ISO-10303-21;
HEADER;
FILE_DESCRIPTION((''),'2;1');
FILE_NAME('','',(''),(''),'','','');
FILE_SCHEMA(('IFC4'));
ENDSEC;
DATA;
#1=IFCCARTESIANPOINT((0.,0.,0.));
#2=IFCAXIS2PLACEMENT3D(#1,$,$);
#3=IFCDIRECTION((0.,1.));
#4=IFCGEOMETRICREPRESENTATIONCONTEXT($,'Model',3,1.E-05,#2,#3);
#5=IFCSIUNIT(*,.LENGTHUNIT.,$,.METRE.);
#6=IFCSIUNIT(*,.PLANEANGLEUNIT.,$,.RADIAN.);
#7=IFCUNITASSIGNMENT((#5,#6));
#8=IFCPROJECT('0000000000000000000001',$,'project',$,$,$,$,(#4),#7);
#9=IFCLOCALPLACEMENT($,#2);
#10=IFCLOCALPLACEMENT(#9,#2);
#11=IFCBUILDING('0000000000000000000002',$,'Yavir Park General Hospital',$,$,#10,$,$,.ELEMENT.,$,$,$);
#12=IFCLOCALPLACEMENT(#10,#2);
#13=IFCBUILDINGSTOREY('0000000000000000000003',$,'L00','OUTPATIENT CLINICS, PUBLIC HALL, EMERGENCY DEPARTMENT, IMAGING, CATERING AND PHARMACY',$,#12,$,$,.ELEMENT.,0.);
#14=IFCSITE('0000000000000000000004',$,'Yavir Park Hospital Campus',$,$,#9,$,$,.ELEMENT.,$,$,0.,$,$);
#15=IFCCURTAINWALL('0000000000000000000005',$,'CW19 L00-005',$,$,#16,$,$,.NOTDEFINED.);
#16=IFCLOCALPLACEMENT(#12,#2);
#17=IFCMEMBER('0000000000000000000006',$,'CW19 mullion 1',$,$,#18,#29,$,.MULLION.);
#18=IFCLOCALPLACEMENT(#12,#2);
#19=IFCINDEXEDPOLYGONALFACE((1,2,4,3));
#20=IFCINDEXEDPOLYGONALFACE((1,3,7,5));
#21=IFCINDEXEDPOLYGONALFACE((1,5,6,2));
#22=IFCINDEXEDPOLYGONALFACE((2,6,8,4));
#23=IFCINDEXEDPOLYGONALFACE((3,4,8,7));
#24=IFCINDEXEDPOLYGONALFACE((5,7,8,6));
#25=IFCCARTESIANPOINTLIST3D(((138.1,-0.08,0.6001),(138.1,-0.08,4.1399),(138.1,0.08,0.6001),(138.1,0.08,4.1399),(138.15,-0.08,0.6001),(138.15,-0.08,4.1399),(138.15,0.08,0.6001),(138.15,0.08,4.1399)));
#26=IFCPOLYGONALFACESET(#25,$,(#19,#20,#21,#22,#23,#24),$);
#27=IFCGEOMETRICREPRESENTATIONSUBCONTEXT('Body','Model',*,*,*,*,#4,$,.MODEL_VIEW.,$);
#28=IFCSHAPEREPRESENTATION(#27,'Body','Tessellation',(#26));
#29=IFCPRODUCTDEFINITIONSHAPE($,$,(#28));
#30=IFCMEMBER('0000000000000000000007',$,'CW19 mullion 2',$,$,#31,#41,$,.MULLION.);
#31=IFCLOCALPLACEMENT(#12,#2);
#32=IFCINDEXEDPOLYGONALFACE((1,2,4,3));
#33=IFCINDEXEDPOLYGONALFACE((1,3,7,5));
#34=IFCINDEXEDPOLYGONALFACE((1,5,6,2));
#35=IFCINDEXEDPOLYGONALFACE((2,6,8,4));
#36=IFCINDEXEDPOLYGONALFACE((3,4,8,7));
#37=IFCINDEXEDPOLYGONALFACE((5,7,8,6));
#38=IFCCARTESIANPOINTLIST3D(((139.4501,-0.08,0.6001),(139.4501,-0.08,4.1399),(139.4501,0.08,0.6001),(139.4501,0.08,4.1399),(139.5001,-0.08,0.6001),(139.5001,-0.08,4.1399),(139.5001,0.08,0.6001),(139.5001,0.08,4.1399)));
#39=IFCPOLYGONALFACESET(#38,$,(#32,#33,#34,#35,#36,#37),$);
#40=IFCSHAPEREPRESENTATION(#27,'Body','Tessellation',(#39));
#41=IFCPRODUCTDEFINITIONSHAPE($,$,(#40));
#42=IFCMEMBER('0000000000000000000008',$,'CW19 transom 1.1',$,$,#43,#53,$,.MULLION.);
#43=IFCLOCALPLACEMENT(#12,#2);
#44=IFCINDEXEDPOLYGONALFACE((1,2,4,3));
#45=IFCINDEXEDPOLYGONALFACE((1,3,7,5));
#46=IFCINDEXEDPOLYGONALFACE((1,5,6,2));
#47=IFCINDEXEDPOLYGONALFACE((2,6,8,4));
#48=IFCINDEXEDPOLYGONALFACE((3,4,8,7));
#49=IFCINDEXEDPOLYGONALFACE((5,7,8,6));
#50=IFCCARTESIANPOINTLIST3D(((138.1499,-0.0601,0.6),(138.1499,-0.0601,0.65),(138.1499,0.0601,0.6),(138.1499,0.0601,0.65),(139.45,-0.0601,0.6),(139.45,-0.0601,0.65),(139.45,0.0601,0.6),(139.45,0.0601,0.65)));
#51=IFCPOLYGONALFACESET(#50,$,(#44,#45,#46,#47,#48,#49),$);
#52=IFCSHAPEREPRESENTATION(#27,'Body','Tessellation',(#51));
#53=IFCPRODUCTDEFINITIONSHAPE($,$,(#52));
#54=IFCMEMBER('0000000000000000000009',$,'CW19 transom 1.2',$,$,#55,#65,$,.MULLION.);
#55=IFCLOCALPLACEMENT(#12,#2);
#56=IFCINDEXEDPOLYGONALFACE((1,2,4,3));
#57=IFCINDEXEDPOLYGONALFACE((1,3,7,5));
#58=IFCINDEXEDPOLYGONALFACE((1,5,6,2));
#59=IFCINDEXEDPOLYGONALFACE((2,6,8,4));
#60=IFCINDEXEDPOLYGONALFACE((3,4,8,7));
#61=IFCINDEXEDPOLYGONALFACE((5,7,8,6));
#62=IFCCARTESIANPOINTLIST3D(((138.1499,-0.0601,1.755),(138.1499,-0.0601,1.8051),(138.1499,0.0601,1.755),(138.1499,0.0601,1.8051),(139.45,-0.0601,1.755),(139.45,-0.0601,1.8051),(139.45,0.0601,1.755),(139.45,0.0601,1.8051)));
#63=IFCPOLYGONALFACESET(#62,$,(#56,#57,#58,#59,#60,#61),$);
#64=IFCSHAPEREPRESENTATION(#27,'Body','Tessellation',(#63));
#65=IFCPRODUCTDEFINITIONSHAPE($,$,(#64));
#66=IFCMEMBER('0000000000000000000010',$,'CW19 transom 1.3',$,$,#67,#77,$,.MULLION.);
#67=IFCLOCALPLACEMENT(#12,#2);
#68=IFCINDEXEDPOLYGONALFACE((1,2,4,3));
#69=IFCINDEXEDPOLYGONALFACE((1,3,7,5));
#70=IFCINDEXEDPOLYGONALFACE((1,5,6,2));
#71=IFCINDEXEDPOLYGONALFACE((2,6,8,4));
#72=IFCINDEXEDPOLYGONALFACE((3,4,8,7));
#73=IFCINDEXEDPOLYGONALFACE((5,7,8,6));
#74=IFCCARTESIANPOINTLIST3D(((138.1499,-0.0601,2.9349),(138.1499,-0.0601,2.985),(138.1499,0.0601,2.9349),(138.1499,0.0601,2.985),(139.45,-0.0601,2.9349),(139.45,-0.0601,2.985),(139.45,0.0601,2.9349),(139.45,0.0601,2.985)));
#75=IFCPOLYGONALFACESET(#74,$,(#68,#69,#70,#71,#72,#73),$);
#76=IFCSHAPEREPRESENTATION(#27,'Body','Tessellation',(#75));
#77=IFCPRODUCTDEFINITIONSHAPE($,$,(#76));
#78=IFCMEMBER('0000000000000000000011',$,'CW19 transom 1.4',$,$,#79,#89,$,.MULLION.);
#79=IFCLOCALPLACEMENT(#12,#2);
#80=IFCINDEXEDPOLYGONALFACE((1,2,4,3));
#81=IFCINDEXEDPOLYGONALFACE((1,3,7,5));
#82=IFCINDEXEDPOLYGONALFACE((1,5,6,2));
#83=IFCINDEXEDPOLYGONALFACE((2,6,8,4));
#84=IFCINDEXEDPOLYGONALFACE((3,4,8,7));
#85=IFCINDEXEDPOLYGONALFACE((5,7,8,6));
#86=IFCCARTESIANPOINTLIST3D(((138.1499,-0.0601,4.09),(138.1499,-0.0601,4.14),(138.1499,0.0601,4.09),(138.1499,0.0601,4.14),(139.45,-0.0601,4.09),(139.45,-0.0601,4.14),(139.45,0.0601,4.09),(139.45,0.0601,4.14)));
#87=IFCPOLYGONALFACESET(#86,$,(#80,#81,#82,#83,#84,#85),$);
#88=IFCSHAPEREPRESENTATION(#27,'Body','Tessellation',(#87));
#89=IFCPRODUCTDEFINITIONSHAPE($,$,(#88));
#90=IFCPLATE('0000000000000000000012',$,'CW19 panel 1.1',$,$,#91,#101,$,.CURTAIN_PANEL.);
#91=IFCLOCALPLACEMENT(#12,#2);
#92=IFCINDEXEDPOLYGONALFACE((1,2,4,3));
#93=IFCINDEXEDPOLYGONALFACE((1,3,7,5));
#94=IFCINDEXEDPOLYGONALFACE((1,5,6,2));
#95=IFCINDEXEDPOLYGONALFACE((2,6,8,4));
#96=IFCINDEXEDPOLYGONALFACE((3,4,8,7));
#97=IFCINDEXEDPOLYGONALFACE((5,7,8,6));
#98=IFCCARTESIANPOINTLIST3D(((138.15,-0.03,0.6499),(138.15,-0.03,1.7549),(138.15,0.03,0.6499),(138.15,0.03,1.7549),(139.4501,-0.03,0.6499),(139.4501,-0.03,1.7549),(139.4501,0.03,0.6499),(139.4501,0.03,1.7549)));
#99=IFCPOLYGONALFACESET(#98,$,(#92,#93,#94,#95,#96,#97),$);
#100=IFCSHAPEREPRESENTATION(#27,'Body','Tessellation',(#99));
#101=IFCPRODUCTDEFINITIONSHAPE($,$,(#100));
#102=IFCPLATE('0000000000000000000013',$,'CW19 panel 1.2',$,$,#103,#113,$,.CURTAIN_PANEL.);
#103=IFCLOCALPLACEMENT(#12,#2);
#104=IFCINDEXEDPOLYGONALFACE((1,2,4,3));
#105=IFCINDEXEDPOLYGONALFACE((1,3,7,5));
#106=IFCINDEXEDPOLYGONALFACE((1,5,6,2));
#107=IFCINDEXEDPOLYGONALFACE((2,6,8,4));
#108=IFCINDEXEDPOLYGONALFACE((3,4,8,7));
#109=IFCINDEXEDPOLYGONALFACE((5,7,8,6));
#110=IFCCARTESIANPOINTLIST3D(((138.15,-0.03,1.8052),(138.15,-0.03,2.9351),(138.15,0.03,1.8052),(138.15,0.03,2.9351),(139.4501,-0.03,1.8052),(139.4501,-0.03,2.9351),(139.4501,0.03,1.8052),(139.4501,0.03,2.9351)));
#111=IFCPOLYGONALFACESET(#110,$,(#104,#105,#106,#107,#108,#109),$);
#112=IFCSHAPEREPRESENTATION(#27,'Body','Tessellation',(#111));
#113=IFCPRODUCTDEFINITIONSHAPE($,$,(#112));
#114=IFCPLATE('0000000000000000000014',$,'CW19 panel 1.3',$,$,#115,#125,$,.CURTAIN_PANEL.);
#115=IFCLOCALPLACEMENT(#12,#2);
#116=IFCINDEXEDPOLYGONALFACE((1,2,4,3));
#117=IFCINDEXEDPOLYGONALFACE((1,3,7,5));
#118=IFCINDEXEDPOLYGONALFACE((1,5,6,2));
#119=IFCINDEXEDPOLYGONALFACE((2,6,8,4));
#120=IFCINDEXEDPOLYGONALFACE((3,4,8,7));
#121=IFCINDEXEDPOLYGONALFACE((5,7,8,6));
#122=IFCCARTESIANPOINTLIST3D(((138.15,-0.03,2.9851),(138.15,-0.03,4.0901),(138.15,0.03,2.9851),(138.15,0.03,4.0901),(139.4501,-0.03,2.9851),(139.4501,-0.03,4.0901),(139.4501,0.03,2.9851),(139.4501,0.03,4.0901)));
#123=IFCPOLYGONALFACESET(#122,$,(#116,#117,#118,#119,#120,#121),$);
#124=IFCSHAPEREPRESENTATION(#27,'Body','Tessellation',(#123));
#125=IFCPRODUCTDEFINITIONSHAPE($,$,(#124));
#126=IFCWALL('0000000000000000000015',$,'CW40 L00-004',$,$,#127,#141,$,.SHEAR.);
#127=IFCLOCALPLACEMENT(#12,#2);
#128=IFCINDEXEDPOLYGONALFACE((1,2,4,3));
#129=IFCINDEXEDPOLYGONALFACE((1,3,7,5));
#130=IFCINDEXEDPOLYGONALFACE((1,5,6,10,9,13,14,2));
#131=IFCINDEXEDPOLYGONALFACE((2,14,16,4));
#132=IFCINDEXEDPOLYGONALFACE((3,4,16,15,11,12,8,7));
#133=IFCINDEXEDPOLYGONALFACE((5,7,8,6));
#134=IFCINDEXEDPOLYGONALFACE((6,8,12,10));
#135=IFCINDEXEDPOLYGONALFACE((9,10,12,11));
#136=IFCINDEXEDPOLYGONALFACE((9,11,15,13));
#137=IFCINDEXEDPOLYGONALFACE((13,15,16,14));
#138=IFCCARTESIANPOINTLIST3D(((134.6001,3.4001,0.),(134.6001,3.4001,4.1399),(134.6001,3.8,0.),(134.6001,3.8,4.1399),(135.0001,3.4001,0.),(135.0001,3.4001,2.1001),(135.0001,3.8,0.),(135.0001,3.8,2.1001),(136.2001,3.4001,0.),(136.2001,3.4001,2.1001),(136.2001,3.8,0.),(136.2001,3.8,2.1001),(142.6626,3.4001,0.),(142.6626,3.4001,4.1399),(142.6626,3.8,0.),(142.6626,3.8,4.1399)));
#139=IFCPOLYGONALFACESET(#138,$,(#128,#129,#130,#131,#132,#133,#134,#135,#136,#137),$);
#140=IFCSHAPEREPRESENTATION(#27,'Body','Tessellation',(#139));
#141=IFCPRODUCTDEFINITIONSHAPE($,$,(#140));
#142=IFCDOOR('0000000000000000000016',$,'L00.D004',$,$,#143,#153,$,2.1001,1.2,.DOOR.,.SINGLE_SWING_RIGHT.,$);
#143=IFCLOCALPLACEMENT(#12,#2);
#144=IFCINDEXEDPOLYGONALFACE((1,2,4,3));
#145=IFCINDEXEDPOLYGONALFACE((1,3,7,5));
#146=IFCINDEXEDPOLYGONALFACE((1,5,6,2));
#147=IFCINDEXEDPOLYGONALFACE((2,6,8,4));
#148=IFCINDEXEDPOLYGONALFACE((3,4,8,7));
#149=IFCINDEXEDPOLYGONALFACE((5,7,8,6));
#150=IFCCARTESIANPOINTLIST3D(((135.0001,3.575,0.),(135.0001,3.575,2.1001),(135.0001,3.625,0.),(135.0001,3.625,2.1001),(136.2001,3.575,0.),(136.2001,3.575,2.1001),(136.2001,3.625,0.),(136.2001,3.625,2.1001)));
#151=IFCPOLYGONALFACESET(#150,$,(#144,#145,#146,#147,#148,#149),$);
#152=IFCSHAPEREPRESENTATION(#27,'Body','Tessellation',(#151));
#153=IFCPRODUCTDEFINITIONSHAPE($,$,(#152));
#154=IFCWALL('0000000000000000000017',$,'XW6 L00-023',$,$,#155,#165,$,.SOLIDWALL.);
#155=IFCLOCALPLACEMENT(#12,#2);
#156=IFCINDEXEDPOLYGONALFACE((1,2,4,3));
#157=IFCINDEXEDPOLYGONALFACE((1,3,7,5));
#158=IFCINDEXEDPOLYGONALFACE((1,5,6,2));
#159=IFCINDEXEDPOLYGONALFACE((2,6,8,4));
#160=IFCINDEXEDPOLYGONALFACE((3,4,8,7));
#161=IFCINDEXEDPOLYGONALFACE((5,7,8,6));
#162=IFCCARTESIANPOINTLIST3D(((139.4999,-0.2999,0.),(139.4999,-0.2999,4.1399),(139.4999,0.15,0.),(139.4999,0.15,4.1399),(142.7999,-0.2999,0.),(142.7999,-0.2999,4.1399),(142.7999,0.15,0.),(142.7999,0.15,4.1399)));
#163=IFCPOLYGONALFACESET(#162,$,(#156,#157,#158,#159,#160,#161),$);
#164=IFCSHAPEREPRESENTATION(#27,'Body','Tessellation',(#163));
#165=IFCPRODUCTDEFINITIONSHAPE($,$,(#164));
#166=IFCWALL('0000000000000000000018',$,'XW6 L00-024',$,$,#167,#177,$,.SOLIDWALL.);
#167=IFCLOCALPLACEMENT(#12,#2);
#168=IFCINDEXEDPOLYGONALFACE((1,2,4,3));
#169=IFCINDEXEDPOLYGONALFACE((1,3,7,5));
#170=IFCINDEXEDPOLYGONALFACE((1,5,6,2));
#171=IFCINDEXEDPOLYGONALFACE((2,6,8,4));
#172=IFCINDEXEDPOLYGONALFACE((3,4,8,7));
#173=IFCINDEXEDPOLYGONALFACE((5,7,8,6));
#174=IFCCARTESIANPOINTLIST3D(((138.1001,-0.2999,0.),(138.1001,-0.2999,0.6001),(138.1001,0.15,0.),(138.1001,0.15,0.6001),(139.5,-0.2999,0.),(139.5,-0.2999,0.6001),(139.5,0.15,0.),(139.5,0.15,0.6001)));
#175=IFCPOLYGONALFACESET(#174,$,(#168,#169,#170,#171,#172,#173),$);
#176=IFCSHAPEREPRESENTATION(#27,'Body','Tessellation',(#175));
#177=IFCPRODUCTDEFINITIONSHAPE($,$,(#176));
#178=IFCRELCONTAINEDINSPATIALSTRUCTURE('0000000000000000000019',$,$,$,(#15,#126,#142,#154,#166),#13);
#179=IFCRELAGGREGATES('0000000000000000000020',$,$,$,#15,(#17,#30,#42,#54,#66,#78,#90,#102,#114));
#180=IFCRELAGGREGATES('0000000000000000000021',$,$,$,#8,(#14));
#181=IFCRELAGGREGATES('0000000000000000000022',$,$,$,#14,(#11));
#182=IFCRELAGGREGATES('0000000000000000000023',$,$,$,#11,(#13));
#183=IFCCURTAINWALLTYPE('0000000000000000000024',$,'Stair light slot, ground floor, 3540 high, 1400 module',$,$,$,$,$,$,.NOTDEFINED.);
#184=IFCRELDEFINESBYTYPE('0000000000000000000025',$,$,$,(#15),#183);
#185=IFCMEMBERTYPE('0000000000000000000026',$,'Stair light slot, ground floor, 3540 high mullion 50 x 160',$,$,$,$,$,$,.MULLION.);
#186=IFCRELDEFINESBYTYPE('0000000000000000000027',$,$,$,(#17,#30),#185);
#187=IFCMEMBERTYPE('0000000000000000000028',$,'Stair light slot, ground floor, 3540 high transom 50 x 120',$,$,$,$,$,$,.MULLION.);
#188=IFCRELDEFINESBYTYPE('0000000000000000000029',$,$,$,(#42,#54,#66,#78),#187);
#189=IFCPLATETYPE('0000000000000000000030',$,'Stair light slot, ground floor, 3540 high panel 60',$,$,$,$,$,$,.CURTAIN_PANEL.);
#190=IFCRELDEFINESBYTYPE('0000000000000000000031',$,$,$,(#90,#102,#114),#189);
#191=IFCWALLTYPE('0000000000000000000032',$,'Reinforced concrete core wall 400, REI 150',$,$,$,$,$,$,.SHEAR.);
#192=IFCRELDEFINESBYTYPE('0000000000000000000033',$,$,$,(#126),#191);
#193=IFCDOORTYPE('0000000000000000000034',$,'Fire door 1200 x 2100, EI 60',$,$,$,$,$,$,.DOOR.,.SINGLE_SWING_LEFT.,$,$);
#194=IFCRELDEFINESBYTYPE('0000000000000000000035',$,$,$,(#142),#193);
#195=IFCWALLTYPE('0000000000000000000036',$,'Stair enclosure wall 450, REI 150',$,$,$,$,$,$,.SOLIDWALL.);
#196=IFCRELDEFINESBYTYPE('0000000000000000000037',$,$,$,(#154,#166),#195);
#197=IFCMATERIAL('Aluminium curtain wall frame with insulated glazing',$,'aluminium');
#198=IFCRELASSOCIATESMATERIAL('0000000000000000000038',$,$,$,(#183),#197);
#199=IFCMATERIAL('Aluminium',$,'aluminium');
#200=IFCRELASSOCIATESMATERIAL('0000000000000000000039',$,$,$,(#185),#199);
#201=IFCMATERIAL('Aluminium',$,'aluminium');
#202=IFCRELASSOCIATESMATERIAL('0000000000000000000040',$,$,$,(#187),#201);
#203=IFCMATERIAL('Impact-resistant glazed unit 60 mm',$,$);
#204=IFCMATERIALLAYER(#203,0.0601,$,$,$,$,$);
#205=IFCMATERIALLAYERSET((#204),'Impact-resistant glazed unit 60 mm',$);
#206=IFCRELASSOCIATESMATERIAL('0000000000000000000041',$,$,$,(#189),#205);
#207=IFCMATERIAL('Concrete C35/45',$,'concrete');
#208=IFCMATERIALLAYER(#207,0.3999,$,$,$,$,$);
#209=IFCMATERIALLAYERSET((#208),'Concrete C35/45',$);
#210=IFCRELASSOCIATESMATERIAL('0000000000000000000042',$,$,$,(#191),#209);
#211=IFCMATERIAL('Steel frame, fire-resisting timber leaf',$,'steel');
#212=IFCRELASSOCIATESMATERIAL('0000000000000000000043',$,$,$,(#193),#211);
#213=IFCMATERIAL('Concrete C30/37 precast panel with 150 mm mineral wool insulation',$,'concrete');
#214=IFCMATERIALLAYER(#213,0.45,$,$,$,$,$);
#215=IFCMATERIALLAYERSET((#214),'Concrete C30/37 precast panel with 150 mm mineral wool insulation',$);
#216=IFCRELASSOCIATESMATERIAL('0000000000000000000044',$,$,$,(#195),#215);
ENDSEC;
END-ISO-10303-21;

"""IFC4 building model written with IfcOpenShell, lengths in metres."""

from ifc_helpers import new_model, si_unit, direction, frame, frame_2d, origin, origin_2d, place, context, subcontext, project, spatial, rectangle, extrude, material, layer, layer_set, material_profile, profile_set, type_object, element, fill, aggregate, save


model = new_model("IFC4")

# Units and contexts
model_context = context("Model", 3, precision=1e-05, world=origin(), true_north=direction((0.0, 1.0)))
body_context = subcontext(model_context, "Body", "Model", "MODEL_VIEW")
ifc_project = project(units=[si_unit("LENGTHUNIT", "METRE"), si_unit("PLANEANGLEUNIT", "RADIAN")], contexts=[model_context])

# Site, building, storey
site_placement = place(None, origin())
site = spatial("IfcSite", under=ifc_project, at=site_placement, Name="Yavir Park Hospital Campus", CompositionType="ELEMENT", RefElevation=0.0)
building_placement = place(site_placement, origin())
building = spatial("IfcBuilding", under=site, at=building_placement, Name="Yavir Park General Hospital", CompositionType="ELEMENT")
storey_placement = place(building_placement, origin())
storey = spatial("IfcBuildingStorey", under=building, at=storey_placement, Name="L00", Description="OUTPATIENT CLINICS, PUBLIC HALL, EMERGENCY DEPARTMENT, IMAGING, CATERING AND PHARMACY", CompositionType="ELEMENT", Elevation=0.0)

# Curtain wall, members, plates
ifc_material_1 = material(Name="Aluminium curtain wall frame with insulated glazing", Category="aluminium")
curtain_wall_type = type_object("IfcCurtainWallType", Name="Stair light slot, ground floor, 3540 high, 1400 module", PredefinedType="NOTDEFINED", material=ifc_material_1)
curtain_wall_placement = place(storey_placement, origin())
curtain_wall = element("IfcCurtainWall", 1, at=curtain_wall_placement, inside=storey, type_object=curtain_wall_type, Name="CW19 L00-005", PredefinedType="NOTDEFINED")
ifc_material_2 = material(Name="Aluminium", Category="aluminium")
ifc_material_profile_1 = material_profile(ifc_material_2, rectangle(XDim=0.1599, YDim=0.05, at=origin_2d()), Name="AL 50x160")
ifc_profile_set_1 = profile_set([ifc_material_profile_1], Name="Aluminium")
member_type_1 = type_object("IfcMemberType", Name="Stair light slot, ground floor, 3540 high mullion 50 x 160", PredefinedType="MULLION", material=ifc_profile_set_1)
member_1_placement = place(storey_placement, frame((138.125, 0.0, 0.6001), z_axis=(0.0, 0.0, 1.0), x_axis=(0.0, 1.0, 0.0)))
member_1 = element("IfcMember", 2, at=member_1_placement, type_object=member_type_1, Name="CW19 mullion 1", PredefinedType="MULLION", context=body_context, shape_type="SweptSolid", body=[
    extrude(rectangle(XDim=0.1599, YDim=0.05, at=origin_2d()), origin(), (0.0, 0.0, 1.0), 3.5398),
])
member_2_placement = place(storey_placement, frame((139.4751, 0.0, 0.6001), z_axis=(0.0, 0.0, 1.0), x_axis=(0.0, 1.0, 0.0)))
member_2 = element("IfcMember", 3, at=member_2_placement, type_object=member_type_1, Name="CW19 mullion 2", PredefinedType="MULLION", context=body_context, shape_type="SweptSolid", body=[
    extrude(rectangle(XDim=0.1599, YDim=0.05, at=origin_2d()), origin(), (0.0, 0.0, 1.0), 3.5398),
])
ifc_material_3 = material(Name="Aluminium", Category="aluminium")
ifc_material_profile_2 = material_profile(ifc_material_3, rectangle(XDim=0.1201, YDim=0.05, at=origin_2d()), Name="AL 120x50")
ifc_profile_set_2 = profile_set([ifc_material_profile_2], Name="Aluminium")
member_type_2 = type_object("IfcMemberType", Name="Stair light slot, ground floor, 3540 high transom 50 x 120", PredefinedType="MULLION", material=ifc_profile_set_2)
member_3_placement = place(storey_placement, frame((138.1499, 0.0, 0.625), z_axis=(1.0, 0.0, 0.0), x_axis=(0.0, 1.0, 0.0)))
member_3 = element("IfcMember", 4, at=member_3_placement, type_object=member_type_2, Name="CW19 transom 1.1", PredefinedType="MULLION", context=body_context, shape_type="SweptSolid", body=[
    extrude(rectangle(XDim=0.1201, YDim=0.05, at=origin_2d()), origin(), (0.0, 0.0, 1.0), 1.3),
])
member_4_placement = place(storey_placement, frame((138.1499, 0.0, 1.78), z_axis=(1.0, 0.0, 0.0), x_axis=(0.0, 1.0, 0.0)))
member_4 = element("IfcMember", 5, at=member_4_placement, type_object=member_type_2, Name="CW19 transom 1.2", PredefinedType="MULLION", context=body_context, shape_type="SweptSolid", body=[
    extrude(rectangle(XDim=0.1201, YDim=0.05, at=origin_2d()), origin(), (0.0, 0.0, 1.0), 1.3),
])
member_5_placement = place(storey_placement, frame((138.1499, 0.0, 2.96), z_axis=(1.0, 0.0, 0.0), x_axis=(0.0, 1.0, 0.0)))
member_5 = element("IfcMember", 6, at=member_5_placement, type_object=member_type_2, Name="CW19 transom 1.3", PredefinedType="MULLION", context=body_context, shape_type="SweptSolid", body=[
    extrude(rectangle(XDim=0.1201, YDim=0.05, at=origin_2d()), origin(), (0.0, 0.0, 1.0), 1.3),
])
member_6_placement = place(storey_placement, frame((138.1499, 0.0, 4.115), z_axis=(1.0, 0.0, 0.0), x_axis=(0.0, 1.0, 0.0)))
member_6 = element("IfcMember", 7, at=member_6_placement, type_object=member_type_2, Name="CW19 transom 1.4", PredefinedType="MULLION", context=body_context, shape_type="SweptSolid", body=[
    extrude(rectangle(XDim=0.1201, YDim=0.05, at=origin_2d()), origin(), (0.0, 0.0, 1.0), 1.3),
])
ifc_material_4 = material(Name="Impact-resistant glazed unit 60 mm")
ifc_layer_1 = layer(ifc_material_4, 0.0601)
ifc_layer_set_1 = layer_set([ifc_layer_1], Name="Impact-resistant glazed unit 60 mm")
plate_type = type_object("IfcPlateType", Name="Stair light slot, ground floor, 3540 high panel 60", PredefinedType="CURTAIN_PANEL", material=ifc_layer_set_1)
plate_1_placement = place(storey_placement, frame((138.8, 0.0, 0.6499), z_axis=(0.0, 0.0, 1.0), x_axis=(1.0, 0.0, 0.0)))
plate_1 = element("IfcPlate", 8, at=plate_1_placement, type_object=plate_type, Name="CW19 panel 1.1", PredefinedType="CURTAIN_PANEL", context=body_context, shape_type="SweptSolid", body=[
    extrude(rectangle(XDim=1.3, YDim=0.0601, at=origin_2d()), origin(), (0.0, 0.0, 1.0), 1.105),
])
plate_2_placement = place(storey_placement, frame((138.8, 0.0, 1.8052), z_axis=(0.0, 0.0, 1.0), x_axis=(1.0, 0.0, 0.0)))
plate_2 = element("IfcPlate", 9, at=plate_2_placement, type_object=plate_type, Name="CW19 panel 1.2", PredefinedType="CURTAIN_PANEL", context=body_context, shape_type="SweptSolid", body=[
    extrude(rectangle(XDim=1.3, YDim=0.0601, at=origin_2d()), origin(), (0.0, 0.0, 1.0), 1.1299),
])
plate_3_placement = place(storey_placement, frame((138.8, 0.0, 2.9851), z_axis=(0.0, 0.0, 1.0), x_axis=(1.0, 0.0, 0.0)))
plate_3 = element("IfcPlate", 10, at=plate_3_placement, type_object=plate_type, Name="CW19 panel 1.3", PredefinedType="CURTAIN_PANEL", context=body_context, shape_type="SweptSolid", body=[
    extrude(rectangle(XDim=1.3, YDim=0.0601, at=origin_2d()), origin(), (0.0, 0.0, 1.0), 1.105),
])
aggregate(curtain_wall, [member_1, member_2, member_3, member_4, member_5, member_6, plate_1, plate_2, plate_3])

# Wall, opening, door
ifc_material_5 = material(Name="Concrete C35/45", Category="concrete")
ifc_layer_2 = layer(ifc_material_5, 0.3999)
ifc_layer_set_2 = layer_set([ifc_layer_2], Name="Concrete C35/45")
wall_type_1 = type_object("IfcWallType", Name="Reinforced concrete core wall 400, REI 150", PredefinedType="SHEAR", material=ifc_layer_set_2)
wall_1_placement = place(storey_placement, frame((134.6001, 3.6001, 0.0), z_axis=(0.0, 0.0, 1.0), x_axis=(1.0, 0.0, 0.0)))
wall_1 = element("IfcWall", 11, at=wall_1_placement, inside=storey, type_object=wall_type_1, Name="CW40 L00-004", PredefinedType="SHEAR", context=body_context, shape_type="SweptSolid", body=[
    extrude(rectangle(XDim=8.0625, YDim=0.3999, at=frame_2d((4.0312, 0.0))), origin(), (0.0, 0.0, 1.0), 4.1399),
])
opening_placement = place(wall_1_placement, frame((0.3999, 0.0, 0.0)))
opening = element("IfcOpeningElement", 12, at=opening_placement, cuts=wall_1, PredefinedType="OPENING", context=body_context, shape_type="SweptSolid", body=[
    extrude(rectangle(XDim=1.2, YDim=2.1001, at=frame_2d((0.6001, 1.05))), frame((0.0, 0.21, 0.0), z_axis=(0.0, -1.0, 0.0), x_axis=(1.0, 0.0, 0.0)), (0.0, 0.0, 1.0), 0.4199),
])
ifc_material_6 = material(Name="Steel frame, fire-resisting timber leaf", Category="steel")
door_type = type_object("IfcDoorType", Name="Fire door 1200 x 2100, EI 60", OperationType="SINGLE_SWING_LEFT", PredefinedType="DOOR", material=ifc_material_6)
door_placement = place(opening_placement, origin())
door = element("IfcDoor", 13, at=door_placement, inside=storey, type_object=door_type, Name="L00.D004", OperationType="SINGLE_SWING_RIGHT", OverallHeight=2.1001, OverallWidth=1.2, PredefinedType="DOOR", context=body_context, shape_type="SweptSolid", body=[
    extrude(rectangle(XDim=1.2, YDim=2.1001, at=frame_2d((0.6001, 1.05))), frame((0.0, 0.0249, 0.0), z_axis=(0.0, -1.0, 0.0), x_axis=(1.0, 0.0, 0.0)), (0.0, 0.0, 1.0), 0.05),
])
fill(opening, door)

# Walls
ifc_material_7 = material(Name="Concrete C30/37 precast panel with 150 mm mineral wool insulation", Category="concrete")
ifc_layer_3 = layer(ifc_material_7, 0.45)
ifc_layer_set_3 = layer_set([ifc_layer_3], Name="Concrete C30/37 precast panel with 150 mm mineral wool insulation")
wall_type_2 = type_object("IfcWallType", Name="Stair enclosure wall 450, REI 150", PredefinedType="SOLIDWALL", material=ifc_layer_set_3)
wall_2_placement = place(storey_placement, frame((139.5, -0.075, 0.0), z_axis=(0.0, 0.0, 1.0), x_axis=(1.0, 0.0, 0.0)))
element("IfcWall", 14, at=wall_2_placement, inside=storey, type_object=wall_type_2, Name="XW6 L00-023", PredefinedType="SOLIDWALL", context=body_context, shape_type="SweptSolid", body=[
    extrude(rectangle(XDim=3.3, YDim=0.45, at=frame_2d((1.6499, 0.0))), origin(), (0.0, 0.0, 1.0), 4.1399),
])
wall_3_placement = place(storey_placement, frame((138.1001, -0.075, 0.0), z_axis=(0.0, 0.0, 1.0), x_axis=(1.0, 0.0, 0.0)))
element("IfcWall", 15, at=wall_3_placement, inside=storey, type_object=wall_type_2, Name="XW6 L00-024", PredefinedType="SOLIDWALL", context=body_context, shape_type="SweptSolid", body=[
    extrude(rectangle(XDim=1.3999, YDim=0.45, at=frame_2d((0.7, 0.0))), origin(), (0.0, 0.0, 1.0), 0.6001),
])

save(model, "model.ifc")
